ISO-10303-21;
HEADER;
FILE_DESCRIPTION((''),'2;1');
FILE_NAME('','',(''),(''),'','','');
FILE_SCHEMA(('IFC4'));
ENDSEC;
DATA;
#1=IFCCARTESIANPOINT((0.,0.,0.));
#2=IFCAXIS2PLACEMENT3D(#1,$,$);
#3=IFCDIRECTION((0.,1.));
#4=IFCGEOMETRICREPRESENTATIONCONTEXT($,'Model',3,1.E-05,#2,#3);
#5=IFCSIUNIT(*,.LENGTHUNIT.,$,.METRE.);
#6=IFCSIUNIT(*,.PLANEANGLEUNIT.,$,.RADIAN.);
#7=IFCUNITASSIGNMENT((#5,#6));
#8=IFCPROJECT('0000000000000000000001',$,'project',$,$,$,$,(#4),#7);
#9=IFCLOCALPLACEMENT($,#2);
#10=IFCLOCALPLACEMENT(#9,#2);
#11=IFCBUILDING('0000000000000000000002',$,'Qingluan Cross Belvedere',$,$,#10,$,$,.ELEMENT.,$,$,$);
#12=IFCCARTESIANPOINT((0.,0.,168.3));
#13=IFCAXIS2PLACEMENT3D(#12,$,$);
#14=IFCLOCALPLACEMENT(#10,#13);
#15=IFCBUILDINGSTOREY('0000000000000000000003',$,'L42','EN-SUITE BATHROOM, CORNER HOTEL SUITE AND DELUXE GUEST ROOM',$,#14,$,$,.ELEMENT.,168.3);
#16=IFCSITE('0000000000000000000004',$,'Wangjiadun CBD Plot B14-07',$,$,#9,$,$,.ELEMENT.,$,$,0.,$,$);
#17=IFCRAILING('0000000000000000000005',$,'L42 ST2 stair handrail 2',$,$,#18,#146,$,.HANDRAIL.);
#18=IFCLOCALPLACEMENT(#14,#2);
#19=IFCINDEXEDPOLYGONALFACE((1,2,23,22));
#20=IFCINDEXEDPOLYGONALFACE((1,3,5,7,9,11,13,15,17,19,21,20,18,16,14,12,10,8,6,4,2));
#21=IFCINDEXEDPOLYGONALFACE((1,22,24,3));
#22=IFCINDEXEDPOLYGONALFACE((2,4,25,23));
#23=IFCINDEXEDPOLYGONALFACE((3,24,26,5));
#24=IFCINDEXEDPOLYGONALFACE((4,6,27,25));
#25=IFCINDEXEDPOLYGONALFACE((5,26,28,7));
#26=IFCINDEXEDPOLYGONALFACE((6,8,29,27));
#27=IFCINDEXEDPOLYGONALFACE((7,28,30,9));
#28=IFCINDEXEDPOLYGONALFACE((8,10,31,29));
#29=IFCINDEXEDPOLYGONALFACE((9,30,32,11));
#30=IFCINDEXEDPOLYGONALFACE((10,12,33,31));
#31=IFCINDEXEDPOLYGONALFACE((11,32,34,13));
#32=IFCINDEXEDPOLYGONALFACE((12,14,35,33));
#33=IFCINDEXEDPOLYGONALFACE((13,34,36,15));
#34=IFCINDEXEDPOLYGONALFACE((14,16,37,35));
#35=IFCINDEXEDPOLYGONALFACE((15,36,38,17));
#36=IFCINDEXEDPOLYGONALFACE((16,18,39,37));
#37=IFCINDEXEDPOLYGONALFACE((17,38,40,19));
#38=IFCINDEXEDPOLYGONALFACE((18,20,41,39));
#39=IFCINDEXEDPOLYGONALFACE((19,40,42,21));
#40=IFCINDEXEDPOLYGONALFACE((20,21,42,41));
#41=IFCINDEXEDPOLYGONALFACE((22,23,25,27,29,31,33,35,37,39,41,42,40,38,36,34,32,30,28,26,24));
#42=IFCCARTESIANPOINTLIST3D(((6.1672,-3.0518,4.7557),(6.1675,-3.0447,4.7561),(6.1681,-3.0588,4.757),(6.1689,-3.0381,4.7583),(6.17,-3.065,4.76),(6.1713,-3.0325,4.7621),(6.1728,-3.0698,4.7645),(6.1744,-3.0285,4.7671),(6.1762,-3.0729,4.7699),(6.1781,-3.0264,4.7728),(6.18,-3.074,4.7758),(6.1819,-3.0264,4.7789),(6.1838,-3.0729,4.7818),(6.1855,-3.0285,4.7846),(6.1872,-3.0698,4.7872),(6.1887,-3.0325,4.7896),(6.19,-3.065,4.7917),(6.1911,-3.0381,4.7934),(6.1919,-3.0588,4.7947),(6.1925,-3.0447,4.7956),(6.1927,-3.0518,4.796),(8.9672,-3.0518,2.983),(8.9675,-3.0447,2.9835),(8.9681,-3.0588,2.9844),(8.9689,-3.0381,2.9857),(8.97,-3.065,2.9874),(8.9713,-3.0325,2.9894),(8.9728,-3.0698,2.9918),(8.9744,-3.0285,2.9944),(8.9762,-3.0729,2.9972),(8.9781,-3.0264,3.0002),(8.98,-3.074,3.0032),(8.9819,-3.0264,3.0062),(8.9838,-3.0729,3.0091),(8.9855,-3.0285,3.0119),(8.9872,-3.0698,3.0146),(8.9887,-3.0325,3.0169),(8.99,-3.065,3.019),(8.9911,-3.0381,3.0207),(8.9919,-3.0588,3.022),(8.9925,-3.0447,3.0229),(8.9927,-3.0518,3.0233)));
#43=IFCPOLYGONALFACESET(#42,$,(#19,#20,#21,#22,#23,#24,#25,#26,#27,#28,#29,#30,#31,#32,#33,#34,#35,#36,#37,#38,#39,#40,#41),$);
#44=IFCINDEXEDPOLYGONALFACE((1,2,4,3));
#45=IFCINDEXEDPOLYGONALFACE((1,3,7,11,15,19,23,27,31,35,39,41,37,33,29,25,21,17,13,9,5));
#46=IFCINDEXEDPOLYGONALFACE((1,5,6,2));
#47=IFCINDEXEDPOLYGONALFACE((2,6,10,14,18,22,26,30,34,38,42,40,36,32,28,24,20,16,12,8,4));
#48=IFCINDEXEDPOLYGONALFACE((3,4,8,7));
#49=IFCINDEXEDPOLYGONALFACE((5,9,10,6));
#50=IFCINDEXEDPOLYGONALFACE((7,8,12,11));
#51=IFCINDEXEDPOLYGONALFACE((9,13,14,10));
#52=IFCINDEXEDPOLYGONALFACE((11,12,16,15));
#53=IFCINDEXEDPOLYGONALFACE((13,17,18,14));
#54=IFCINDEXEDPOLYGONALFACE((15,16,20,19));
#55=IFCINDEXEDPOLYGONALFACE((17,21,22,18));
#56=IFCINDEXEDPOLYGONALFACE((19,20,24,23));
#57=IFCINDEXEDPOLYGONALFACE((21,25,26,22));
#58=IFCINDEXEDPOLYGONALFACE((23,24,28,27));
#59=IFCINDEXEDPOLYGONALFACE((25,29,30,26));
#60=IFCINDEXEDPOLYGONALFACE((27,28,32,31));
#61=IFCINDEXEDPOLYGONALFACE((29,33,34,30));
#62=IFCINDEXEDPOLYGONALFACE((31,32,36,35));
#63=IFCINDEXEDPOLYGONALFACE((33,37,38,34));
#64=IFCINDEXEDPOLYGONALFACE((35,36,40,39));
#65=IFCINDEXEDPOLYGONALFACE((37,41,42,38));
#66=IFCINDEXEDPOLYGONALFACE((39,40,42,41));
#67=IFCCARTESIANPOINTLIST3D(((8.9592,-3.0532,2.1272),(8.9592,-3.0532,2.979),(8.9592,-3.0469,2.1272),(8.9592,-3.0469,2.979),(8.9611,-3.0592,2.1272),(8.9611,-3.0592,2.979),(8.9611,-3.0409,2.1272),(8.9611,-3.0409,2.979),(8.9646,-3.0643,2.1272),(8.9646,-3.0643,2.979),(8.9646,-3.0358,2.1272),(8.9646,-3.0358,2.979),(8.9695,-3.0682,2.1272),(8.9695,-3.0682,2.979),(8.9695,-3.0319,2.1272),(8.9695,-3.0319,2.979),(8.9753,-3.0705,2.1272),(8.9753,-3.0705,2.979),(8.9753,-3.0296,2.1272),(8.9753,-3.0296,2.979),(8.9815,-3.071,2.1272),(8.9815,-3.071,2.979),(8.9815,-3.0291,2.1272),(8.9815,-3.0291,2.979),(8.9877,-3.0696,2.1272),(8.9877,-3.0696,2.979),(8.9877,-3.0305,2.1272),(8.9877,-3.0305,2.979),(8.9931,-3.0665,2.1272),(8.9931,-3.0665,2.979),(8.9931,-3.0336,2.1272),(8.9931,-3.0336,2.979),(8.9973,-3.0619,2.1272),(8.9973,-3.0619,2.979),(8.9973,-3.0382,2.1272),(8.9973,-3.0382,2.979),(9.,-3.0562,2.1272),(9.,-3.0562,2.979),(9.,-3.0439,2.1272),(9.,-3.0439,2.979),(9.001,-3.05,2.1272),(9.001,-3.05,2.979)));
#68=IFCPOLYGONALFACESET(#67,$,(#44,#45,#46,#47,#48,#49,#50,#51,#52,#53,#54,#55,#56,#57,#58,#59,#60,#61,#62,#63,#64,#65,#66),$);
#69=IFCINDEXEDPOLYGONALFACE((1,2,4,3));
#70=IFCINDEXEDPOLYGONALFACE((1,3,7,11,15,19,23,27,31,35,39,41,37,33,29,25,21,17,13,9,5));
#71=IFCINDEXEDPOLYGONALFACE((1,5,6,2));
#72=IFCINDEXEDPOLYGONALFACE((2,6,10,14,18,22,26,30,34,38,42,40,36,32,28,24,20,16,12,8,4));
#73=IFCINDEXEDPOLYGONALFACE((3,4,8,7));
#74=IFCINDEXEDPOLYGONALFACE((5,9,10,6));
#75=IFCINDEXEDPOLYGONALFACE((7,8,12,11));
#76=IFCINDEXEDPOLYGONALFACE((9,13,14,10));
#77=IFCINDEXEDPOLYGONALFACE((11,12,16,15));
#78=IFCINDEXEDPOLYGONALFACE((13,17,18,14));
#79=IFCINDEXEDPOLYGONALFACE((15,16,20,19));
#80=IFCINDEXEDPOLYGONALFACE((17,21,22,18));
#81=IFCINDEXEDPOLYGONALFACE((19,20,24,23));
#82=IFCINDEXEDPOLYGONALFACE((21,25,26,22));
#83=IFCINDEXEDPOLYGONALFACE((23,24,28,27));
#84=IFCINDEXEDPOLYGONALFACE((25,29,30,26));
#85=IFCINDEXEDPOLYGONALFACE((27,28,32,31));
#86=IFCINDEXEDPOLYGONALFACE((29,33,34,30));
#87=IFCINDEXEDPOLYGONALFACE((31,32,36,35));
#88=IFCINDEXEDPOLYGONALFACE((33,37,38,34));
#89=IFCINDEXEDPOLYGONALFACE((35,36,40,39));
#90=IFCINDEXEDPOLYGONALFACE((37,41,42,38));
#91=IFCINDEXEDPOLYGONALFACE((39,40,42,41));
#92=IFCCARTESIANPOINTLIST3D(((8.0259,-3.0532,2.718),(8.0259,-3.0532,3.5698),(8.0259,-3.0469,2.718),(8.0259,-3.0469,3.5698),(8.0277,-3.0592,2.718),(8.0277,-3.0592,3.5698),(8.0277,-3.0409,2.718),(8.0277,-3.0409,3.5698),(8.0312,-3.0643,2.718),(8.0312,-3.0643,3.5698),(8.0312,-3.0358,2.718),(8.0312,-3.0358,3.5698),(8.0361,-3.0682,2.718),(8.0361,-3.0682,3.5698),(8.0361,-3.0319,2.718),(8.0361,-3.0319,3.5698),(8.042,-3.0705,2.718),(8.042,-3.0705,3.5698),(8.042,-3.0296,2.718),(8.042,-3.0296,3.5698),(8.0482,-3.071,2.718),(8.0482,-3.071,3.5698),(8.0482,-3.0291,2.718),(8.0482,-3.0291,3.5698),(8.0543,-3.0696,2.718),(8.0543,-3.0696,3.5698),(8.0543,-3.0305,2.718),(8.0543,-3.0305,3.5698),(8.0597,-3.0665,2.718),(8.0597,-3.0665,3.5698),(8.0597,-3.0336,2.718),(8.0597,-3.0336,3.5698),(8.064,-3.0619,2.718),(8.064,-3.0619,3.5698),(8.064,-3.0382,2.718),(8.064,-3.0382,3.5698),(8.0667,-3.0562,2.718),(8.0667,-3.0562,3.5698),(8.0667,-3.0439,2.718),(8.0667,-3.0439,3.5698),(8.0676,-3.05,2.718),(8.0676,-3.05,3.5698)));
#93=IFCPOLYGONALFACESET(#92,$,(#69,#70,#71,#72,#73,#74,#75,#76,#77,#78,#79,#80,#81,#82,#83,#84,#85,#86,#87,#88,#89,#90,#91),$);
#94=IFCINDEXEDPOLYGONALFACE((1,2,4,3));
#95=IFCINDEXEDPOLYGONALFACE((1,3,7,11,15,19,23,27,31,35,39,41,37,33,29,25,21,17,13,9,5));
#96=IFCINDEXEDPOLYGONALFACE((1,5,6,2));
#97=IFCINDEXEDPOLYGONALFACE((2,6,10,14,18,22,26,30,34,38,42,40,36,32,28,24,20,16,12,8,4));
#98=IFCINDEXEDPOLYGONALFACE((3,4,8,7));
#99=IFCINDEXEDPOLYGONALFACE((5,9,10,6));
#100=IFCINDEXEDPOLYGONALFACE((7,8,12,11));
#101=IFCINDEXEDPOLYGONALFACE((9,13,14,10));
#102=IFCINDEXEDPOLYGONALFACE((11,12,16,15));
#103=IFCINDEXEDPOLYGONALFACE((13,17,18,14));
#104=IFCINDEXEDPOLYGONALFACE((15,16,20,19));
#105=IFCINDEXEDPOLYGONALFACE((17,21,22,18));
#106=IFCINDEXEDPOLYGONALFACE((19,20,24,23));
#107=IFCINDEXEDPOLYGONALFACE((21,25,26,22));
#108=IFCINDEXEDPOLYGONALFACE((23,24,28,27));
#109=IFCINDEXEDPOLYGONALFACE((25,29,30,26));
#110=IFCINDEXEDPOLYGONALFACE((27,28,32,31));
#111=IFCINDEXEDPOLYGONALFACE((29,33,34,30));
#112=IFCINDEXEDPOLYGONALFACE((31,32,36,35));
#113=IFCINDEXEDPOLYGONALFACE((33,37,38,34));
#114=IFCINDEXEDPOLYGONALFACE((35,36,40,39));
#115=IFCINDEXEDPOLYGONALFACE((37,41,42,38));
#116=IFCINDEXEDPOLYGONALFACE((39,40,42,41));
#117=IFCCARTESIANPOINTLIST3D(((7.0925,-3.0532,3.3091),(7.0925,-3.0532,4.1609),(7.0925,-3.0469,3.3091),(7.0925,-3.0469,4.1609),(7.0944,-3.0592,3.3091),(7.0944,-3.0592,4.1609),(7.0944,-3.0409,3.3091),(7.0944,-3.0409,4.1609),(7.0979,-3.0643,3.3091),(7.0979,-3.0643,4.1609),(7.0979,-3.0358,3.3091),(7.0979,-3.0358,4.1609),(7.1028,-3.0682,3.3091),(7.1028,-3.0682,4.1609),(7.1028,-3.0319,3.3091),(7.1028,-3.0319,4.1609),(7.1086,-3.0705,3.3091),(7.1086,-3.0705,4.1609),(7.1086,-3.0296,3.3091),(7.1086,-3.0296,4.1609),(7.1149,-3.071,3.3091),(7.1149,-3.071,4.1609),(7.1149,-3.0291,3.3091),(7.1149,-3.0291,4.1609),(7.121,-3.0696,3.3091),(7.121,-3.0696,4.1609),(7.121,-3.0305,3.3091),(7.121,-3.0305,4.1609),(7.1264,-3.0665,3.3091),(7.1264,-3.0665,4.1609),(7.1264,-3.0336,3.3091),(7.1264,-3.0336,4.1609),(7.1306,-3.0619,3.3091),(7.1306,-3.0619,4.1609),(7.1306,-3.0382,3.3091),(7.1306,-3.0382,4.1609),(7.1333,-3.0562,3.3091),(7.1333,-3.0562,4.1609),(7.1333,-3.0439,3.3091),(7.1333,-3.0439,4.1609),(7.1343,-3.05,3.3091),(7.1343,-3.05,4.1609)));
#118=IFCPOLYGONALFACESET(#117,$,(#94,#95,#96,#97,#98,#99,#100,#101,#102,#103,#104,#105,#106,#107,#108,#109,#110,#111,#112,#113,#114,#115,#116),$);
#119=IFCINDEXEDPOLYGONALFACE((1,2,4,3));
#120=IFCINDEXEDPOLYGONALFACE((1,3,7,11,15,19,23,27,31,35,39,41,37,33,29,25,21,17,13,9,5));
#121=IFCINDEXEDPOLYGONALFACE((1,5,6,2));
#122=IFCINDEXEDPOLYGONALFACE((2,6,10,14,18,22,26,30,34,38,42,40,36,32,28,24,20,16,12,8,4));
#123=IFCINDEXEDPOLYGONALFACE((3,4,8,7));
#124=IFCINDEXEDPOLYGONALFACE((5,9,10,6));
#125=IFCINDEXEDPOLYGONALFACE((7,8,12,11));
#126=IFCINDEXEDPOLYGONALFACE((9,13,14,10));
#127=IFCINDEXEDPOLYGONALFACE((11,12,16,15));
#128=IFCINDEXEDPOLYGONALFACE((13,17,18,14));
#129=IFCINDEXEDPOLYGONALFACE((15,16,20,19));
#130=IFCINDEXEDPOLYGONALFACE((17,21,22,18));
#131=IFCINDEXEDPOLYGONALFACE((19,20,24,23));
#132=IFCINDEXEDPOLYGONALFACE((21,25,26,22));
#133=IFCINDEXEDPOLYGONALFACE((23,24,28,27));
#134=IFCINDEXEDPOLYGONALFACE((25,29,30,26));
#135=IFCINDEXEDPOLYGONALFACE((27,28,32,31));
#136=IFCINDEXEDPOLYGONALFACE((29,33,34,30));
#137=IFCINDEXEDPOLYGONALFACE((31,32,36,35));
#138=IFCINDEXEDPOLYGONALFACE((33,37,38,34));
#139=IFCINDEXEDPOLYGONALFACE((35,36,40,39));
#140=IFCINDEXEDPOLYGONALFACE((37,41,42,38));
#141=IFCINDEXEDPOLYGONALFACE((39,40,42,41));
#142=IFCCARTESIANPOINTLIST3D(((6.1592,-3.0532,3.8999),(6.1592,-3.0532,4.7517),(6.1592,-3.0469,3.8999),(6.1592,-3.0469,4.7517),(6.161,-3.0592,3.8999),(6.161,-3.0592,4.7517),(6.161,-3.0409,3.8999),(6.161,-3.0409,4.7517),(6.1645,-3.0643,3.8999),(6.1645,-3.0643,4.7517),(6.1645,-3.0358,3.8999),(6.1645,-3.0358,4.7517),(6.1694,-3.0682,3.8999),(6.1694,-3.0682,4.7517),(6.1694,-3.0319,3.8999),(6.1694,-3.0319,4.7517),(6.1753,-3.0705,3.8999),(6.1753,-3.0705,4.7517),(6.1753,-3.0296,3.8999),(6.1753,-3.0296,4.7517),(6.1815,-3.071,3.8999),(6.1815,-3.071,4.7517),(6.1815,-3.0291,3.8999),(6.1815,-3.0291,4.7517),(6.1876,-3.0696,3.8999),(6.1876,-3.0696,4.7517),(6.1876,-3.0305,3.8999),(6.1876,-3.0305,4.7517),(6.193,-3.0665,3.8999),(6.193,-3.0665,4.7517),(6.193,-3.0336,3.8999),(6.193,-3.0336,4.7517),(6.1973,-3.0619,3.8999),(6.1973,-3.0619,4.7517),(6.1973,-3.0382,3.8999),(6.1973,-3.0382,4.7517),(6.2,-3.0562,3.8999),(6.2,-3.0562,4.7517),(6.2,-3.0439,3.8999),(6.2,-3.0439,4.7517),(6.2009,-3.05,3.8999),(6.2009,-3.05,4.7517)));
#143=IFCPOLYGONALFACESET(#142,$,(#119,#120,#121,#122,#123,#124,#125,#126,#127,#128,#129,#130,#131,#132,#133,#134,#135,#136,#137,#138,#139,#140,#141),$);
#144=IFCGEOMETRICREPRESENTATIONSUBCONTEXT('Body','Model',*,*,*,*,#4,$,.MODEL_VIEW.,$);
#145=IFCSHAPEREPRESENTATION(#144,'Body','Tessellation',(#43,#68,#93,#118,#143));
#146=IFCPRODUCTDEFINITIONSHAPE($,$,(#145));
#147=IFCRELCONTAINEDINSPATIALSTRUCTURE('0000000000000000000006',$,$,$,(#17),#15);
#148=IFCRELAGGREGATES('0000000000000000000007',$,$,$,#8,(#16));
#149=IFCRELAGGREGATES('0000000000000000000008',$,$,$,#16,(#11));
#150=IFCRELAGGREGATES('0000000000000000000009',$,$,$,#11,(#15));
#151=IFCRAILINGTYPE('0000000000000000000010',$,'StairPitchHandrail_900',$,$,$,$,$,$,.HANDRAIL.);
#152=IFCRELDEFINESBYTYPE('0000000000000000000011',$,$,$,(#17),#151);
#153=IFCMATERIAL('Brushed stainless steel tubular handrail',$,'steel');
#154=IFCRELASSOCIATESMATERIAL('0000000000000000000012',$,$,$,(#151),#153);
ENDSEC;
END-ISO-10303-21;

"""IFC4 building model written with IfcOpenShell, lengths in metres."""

from ifc_helpers import new_model, si_unit, direction, frame, origin, origin_2d, place, context, subcontext, project, spatial, circle, extrude, material, type_object, element, save


model = new_model("IFC4")

# Units and contexts
model_context = context("Model", 3, precision=1e-05, world=origin(), true_north=direction((0.0, 1.0)))
body_context = subcontext(model_context, "Body", "Model", "MODEL_VIEW")
ifc_project = project(units=[si_unit("LENGTHUNIT", "METRE"), si_unit("PLANEANGLEUNIT", "RADIAN")], contexts=[model_context])

# Site, building, storey
site_placement = place(None, origin())
site = spatial("IfcSite", under=ifc_project, at=site_placement, Name="Wangjiadun CBD Plot B14-07", CompositionType="ELEMENT", RefElevation=0.0)
building_placement = place(site_placement, origin())
building = spatial("IfcBuilding", under=site, at=building_placement, Name="Qingluan Cross Belvedere", CompositionType="ELEMENT")
storey_placement = place(building_placement, frame((0.0, 0.0, 168.3)))
storey = spatial("IfcBuildingStorey", under=building, at=storey_placement, Name="L42", Description="EN-SUITE BATHROOM, CORNER HOTEL SUITE AND DELUXE GUEST ROOM", CompositionType="ELEMENT", Elevation=168.3)

# Railing
ifc_material_1 = material(Name="Brushed stainless steel tubular handrail", Category="steel")
railing_type_1 = type_object("IfcRailingType", Name="StairPitchHandrail_900", PredefinedType="HANDRAIL", material=ifc_material_1)
railing_1_placement = place(storey_placement, frame((8.98, -3.05, 2.1272)))
element("IfcRailing", 1, at=railing_1_placement, inside=storey, type_object=railing_type_1, Name="L42 ST2 stair handrail 2", PredefinedType="HANDRAIL", context=body_context, shape_type="SweptSolid", body=[
    extrude(circle(Radius=0.0239, at=origin_2d()), frame((0.0, 0.0, 0.876), z_axis=(-0.844909, 0.0, 0.53491), x_axis=(0.0, -1.0, 0.0)), (0.0, 0.0, 1.0), 3.314),
    extrude(circle(Radius=0.021, at=origin_2d()), origin(), (0.0, 0.0, 1.0), 0.8518),
    extrude(circle(Radius=0.021, at=origin_2d()), frame((-0.9333, 0.0, 0.5908)), (0.0, 0.0, 1.0), 0.8518),
    extrude(circle(Radius=0.021, at=origin_2d()), frame((-1.8667, 0.0, 1.1819)), (0.0, 0.0, 1.0), 0.8518),
    extrude(circle(Radius=0.021, at=origin_2d()), frame((-2.8, 0.0, 1.7727)), (0.0, 0.0, 1.0), 0.8518),
])

save(model, "model.ifc")
